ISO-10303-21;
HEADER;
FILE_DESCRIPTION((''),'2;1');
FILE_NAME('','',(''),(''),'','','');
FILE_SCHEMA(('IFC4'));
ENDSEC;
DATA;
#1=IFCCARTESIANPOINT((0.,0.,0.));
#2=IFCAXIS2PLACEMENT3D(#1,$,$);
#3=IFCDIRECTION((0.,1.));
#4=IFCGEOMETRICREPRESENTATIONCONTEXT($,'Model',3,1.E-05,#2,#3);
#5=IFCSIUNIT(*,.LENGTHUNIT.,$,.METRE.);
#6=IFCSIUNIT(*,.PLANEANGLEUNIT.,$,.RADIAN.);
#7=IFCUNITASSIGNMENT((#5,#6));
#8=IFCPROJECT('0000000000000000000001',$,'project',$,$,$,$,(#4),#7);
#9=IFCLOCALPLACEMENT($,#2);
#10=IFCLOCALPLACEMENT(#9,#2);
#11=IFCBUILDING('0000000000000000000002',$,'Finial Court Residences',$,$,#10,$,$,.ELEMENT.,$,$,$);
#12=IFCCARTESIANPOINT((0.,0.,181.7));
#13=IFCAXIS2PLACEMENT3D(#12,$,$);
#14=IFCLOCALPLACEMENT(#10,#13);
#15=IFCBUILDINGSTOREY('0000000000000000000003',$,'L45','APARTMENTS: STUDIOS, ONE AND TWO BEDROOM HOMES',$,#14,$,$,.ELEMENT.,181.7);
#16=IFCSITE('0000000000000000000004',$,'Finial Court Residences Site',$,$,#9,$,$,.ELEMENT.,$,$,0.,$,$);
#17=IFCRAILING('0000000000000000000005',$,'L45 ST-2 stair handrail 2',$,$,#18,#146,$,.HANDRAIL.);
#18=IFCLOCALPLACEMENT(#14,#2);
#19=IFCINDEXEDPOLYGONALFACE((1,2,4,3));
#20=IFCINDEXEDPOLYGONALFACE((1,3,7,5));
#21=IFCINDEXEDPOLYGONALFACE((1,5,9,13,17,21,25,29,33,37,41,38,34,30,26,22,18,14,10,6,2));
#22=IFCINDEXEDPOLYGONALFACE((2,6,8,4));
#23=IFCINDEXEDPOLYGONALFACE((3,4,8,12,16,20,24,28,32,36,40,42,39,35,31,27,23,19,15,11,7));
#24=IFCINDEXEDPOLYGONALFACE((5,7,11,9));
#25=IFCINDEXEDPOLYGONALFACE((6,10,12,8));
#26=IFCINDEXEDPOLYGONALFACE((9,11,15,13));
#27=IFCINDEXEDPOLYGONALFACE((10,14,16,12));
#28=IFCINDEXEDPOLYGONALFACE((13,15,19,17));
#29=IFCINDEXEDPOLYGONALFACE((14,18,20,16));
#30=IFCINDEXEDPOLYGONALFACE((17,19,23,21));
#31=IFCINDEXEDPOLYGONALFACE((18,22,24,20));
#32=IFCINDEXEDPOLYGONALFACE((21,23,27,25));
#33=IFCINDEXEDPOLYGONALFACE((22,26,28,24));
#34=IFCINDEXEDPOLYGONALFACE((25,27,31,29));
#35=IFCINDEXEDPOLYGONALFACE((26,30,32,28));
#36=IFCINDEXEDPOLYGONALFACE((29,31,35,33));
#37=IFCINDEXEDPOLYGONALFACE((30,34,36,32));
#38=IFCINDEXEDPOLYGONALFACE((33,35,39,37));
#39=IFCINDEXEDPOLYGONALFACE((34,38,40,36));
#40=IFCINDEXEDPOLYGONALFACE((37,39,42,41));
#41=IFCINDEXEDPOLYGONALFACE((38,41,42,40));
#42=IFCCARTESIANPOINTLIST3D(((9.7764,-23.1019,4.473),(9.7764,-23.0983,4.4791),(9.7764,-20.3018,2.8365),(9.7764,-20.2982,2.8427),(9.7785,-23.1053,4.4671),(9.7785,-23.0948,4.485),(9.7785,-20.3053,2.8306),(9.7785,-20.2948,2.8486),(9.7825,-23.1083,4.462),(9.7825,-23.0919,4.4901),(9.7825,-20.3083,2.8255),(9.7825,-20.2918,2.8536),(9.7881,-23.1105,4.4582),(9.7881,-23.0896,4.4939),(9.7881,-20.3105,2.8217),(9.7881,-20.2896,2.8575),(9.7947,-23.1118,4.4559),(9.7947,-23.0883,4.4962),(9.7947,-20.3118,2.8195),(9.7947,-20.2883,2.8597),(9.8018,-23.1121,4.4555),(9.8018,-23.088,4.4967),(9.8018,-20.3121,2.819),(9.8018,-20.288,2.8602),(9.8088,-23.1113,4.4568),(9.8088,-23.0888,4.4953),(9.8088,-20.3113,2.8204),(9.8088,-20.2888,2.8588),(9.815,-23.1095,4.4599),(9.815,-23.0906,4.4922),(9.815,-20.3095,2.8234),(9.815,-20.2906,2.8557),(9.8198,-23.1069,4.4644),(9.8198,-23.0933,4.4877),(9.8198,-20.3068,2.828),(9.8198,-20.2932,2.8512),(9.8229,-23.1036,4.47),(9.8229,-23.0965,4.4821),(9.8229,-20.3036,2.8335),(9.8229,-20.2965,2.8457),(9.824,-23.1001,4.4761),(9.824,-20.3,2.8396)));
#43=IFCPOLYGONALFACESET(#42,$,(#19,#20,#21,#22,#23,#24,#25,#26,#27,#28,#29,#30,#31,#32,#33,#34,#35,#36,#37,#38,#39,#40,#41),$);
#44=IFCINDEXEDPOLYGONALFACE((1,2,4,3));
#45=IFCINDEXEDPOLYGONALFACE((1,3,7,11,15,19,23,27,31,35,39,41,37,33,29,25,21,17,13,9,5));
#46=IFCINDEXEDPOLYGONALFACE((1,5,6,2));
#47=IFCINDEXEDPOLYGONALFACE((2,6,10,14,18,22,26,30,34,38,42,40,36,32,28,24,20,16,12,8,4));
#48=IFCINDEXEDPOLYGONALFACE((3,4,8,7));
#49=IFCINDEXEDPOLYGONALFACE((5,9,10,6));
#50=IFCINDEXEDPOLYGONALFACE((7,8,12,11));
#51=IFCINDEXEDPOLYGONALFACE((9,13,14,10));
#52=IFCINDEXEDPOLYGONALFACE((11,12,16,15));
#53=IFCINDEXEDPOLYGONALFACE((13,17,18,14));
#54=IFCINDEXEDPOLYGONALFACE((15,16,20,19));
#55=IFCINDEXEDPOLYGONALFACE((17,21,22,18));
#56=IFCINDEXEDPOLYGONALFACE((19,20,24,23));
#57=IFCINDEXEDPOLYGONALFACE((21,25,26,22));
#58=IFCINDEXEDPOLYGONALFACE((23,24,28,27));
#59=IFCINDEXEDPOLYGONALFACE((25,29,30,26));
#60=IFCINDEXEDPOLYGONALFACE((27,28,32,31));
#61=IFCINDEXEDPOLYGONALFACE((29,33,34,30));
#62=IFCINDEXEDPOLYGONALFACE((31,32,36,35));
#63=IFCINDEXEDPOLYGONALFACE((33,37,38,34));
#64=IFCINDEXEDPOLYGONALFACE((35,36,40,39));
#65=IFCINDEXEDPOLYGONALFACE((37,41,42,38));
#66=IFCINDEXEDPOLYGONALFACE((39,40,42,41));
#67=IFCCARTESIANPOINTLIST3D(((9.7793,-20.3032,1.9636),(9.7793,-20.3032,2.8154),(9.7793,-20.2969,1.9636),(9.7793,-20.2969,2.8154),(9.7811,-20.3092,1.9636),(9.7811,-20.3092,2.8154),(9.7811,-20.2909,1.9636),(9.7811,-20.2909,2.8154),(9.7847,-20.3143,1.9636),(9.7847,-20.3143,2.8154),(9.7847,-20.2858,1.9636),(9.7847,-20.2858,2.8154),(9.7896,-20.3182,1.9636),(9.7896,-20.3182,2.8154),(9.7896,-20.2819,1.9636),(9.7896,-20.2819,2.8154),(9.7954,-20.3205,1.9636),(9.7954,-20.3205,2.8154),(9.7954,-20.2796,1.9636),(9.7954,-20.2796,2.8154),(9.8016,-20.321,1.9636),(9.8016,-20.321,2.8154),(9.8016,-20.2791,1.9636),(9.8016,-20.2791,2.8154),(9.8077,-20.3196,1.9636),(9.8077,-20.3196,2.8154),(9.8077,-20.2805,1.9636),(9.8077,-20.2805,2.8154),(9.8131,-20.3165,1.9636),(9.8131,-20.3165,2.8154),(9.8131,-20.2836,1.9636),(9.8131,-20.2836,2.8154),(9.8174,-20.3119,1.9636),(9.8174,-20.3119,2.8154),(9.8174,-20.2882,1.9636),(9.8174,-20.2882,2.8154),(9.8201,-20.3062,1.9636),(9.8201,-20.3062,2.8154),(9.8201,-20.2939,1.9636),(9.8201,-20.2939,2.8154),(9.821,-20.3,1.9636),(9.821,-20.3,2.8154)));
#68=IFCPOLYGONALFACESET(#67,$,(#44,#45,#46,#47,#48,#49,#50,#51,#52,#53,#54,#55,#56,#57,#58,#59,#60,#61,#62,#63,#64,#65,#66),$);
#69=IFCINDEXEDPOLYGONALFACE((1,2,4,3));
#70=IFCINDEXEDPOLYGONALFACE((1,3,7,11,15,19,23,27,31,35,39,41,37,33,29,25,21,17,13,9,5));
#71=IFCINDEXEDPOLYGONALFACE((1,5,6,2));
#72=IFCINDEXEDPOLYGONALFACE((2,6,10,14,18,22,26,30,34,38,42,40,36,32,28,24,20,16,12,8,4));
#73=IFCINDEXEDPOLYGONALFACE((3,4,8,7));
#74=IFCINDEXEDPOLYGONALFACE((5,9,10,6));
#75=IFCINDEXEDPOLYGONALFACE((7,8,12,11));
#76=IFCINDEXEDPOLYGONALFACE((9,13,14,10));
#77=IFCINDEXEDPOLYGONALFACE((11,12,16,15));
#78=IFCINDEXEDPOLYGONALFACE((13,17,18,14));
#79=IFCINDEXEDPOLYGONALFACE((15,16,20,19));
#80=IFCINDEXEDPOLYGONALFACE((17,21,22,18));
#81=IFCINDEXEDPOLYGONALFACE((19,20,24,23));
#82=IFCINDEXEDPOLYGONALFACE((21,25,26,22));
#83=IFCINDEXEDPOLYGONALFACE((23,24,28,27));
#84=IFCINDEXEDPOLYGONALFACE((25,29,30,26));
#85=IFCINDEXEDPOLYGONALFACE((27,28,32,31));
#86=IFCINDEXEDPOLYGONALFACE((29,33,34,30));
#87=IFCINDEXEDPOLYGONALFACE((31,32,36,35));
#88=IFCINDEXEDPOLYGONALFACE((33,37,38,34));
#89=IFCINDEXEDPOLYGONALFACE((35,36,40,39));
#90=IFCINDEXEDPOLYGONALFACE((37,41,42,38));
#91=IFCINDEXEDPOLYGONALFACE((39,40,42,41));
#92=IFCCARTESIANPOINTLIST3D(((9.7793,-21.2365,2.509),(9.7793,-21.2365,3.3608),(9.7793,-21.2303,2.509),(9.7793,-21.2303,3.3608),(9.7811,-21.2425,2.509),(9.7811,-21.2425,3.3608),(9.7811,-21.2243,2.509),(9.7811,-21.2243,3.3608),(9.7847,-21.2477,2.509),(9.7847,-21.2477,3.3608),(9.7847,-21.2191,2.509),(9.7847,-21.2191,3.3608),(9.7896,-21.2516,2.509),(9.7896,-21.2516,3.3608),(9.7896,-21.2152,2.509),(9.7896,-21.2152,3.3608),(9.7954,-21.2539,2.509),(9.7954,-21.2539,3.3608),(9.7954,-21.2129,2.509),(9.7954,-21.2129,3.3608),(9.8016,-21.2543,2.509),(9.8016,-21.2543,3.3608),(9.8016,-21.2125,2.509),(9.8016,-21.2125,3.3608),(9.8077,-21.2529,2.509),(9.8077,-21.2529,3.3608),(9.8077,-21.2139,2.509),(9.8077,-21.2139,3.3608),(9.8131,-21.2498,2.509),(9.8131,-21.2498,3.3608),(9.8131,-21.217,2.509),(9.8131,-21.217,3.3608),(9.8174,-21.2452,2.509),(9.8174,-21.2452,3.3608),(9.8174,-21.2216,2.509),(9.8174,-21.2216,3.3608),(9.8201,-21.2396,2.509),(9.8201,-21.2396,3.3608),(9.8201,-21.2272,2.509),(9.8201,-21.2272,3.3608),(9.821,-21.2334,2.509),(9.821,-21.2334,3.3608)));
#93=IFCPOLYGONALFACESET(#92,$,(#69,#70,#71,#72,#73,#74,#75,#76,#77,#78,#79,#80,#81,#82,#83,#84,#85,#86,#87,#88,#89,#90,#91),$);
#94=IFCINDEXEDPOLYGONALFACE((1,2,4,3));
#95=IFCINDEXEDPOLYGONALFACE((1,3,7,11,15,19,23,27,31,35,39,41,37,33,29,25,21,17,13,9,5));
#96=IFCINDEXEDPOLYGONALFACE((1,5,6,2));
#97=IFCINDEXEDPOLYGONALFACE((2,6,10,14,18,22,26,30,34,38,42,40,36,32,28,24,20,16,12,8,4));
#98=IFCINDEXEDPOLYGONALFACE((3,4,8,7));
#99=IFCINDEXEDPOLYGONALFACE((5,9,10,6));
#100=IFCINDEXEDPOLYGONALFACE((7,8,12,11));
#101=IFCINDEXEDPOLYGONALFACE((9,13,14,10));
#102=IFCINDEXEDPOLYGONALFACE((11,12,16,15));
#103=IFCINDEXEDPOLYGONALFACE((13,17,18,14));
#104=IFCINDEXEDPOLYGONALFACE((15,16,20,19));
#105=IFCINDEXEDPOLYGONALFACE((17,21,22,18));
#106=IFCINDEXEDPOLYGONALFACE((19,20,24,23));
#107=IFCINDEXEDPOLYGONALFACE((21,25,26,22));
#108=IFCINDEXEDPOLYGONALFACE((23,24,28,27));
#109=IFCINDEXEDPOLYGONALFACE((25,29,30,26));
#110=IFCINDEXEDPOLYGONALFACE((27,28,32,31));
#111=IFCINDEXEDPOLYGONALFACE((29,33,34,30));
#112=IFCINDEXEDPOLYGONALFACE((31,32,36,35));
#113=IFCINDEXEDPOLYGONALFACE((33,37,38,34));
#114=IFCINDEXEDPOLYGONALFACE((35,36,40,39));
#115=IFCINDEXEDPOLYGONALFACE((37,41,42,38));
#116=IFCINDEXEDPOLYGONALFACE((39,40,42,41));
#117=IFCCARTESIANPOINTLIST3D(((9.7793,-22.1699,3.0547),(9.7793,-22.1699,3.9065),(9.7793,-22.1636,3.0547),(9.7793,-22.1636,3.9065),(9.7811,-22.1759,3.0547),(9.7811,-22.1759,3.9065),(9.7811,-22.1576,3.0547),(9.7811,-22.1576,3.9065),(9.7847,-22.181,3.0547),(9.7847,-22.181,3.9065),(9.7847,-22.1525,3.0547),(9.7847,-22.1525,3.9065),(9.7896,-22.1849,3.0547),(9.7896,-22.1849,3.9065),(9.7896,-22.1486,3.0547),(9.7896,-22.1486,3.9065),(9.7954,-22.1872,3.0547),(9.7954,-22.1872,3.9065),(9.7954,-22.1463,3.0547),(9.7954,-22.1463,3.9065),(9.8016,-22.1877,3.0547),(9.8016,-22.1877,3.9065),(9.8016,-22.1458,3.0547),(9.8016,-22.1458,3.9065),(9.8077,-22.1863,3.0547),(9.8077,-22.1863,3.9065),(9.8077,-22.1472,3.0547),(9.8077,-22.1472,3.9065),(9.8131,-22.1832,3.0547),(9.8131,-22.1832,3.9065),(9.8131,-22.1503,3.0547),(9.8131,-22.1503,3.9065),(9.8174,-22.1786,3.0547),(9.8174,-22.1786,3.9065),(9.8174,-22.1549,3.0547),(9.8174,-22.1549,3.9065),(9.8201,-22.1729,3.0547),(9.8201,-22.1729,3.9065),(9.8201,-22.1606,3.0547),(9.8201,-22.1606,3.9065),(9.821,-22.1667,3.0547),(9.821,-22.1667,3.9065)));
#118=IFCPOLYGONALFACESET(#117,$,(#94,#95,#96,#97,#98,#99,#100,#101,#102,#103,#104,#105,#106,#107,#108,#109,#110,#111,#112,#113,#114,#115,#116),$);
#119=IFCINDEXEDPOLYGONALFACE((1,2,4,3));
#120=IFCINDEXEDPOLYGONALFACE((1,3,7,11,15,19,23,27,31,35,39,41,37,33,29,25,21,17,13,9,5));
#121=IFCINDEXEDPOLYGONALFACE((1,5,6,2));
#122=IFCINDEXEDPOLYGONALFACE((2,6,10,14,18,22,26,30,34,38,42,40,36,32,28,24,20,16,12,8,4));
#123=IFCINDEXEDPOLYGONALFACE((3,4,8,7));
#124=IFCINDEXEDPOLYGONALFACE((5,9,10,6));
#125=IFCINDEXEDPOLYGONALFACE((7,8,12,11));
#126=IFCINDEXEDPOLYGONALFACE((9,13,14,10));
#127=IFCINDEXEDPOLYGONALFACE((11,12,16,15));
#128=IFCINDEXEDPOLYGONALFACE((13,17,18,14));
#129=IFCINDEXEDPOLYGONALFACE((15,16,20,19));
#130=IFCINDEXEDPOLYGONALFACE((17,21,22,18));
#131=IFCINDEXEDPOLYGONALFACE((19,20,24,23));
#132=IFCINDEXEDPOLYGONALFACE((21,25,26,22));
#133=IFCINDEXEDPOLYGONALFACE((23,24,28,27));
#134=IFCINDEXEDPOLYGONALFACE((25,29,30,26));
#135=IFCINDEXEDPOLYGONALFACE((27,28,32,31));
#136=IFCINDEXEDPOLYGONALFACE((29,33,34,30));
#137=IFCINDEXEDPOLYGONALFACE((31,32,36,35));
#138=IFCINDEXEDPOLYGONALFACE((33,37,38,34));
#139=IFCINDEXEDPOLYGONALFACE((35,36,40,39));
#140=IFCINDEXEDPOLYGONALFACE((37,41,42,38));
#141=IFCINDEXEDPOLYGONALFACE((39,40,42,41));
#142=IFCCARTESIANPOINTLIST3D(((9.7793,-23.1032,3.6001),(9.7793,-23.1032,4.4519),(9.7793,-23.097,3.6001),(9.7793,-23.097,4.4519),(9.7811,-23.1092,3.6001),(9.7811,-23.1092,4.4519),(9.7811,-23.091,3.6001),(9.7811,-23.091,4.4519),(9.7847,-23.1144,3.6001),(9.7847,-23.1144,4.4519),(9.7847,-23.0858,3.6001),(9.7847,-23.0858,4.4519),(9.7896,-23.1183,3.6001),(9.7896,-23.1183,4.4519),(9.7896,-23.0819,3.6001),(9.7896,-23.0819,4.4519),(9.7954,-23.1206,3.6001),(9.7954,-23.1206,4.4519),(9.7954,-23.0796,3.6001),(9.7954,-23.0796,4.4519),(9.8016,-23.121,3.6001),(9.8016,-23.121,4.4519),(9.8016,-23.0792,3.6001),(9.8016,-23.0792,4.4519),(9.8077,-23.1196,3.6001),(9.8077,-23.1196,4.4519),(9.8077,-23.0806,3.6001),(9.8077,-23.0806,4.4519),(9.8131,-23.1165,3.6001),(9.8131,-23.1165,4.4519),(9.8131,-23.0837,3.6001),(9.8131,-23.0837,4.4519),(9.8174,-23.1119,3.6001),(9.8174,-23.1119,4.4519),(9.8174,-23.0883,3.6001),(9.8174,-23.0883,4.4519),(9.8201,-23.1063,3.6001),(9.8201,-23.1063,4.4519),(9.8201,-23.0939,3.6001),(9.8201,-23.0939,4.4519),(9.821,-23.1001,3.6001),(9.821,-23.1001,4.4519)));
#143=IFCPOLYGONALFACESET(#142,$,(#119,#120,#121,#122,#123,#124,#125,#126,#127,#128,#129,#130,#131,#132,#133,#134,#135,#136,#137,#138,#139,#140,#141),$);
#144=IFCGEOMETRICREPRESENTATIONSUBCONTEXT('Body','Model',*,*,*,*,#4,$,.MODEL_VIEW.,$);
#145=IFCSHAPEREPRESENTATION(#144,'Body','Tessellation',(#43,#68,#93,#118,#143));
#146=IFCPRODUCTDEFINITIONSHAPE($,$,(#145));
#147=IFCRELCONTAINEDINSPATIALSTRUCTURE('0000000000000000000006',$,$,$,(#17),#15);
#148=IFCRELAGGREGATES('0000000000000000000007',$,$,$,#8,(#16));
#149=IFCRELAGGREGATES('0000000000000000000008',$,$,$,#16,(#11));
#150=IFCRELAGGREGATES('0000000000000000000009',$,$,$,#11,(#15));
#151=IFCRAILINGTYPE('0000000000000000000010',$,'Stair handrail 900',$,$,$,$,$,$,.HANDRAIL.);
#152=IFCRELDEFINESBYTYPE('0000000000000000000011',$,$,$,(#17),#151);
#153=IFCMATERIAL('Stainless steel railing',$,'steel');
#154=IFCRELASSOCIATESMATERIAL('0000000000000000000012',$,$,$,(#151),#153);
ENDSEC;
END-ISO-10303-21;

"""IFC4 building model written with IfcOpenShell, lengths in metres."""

from ifc_helpers import new_model, si_unit, direction, frame, origin, origin_2d, place, context, subcontext, project, spatial, circle, extrude, material, type_object, element, save


model = new_model("IFC4")

# Units and contexts
model_context = context("Model", 3, precision=1e-05, world=origin(), true_north=direction((0.0, 1.0)))
body_context = subcontext(model_context, "Body", "Model", "MODEL_VIEW")
ifc_project = project(units=[si_unit("LENGTHUNIT", "METRE"), si_unit("PLANEANGLEUNIT", "RADIAN")], contexts=[model_context])

# Site, building, storey
site_placement = place(None, origin())
site = spatial("IfcSite", under=ifc_project, at=site_placement, Name="Finial Court Residences Site", CompositionType="ELEMENT", RefElevation=0.0)
building_placement = place(site_placement, origin())
building = spatial("IfcBuilding", under=site, at=building_placement, Name="Finial Court Residences", CompositionType="ELEMENT")
storey_placement = place(building_placement, frame((0.0, 0.0, 181.7)))
storey = spatial("IfcBuildingStorey", under=building, at=storey_placement, Name="L45", Description="APARTMENTS: STUDIOS, ONE AND TWO BEDROOM HOMES", CompositionType="ELEMENT", Elevation=181.7)

# Railing
ifc_material_1 = material(Name="Stainless steel railing", Category="steel")
railing_type_1 = type_object("IfcRailingType", Name="Stair handrail 900", PredefinedType="HANDRAIL", material=ifc_material_1)
railing_1_placement = place(storey_placement, frame((9.8, -20.3, 1.9636)))
element("IfcRailing", 1, at=railing_1_placement, inside=storey, type_object=railing_type_1, Name="L45 ST-2 stair handrail 2", PredefinedType="HANDRAIL", context=body_context, shape_type="SweptSolid", body=[
    extrude(circle(Radius=0.0239, at=origin_2d()), frame((0.0, 0.0, 0.876), z_axis=(0.0, -0.863361, 0.504587), x_axis=(1.0, 0.0, 0.0)), (0.0, 0.0, 1.0), 3.2432),
    extrude(circle(Radius=0.021, at=origin_2d()), origin(), (0.0, 0.0, 1.0), 0.8518),
    extrude(circle(Radius=0.021, at=origin_2d()), frame((0.0, -0.9333, 0.5454)), (0.0, 0.0, 1.0), 0.8518),
    extrude(circle(Radius=0.021, at=origin_2d()), frame((0.0, -1.8667, 1.0911)), (0.0, 0.0, 1.0), 0.8518),
    extrude(circle(Radius=0.021, at=origin_2d()), frame((0.0, -2.8, 1.6365)), (0.0, 0.0, 1.0), 0.8518),
])

save(model, "model.ifc")
